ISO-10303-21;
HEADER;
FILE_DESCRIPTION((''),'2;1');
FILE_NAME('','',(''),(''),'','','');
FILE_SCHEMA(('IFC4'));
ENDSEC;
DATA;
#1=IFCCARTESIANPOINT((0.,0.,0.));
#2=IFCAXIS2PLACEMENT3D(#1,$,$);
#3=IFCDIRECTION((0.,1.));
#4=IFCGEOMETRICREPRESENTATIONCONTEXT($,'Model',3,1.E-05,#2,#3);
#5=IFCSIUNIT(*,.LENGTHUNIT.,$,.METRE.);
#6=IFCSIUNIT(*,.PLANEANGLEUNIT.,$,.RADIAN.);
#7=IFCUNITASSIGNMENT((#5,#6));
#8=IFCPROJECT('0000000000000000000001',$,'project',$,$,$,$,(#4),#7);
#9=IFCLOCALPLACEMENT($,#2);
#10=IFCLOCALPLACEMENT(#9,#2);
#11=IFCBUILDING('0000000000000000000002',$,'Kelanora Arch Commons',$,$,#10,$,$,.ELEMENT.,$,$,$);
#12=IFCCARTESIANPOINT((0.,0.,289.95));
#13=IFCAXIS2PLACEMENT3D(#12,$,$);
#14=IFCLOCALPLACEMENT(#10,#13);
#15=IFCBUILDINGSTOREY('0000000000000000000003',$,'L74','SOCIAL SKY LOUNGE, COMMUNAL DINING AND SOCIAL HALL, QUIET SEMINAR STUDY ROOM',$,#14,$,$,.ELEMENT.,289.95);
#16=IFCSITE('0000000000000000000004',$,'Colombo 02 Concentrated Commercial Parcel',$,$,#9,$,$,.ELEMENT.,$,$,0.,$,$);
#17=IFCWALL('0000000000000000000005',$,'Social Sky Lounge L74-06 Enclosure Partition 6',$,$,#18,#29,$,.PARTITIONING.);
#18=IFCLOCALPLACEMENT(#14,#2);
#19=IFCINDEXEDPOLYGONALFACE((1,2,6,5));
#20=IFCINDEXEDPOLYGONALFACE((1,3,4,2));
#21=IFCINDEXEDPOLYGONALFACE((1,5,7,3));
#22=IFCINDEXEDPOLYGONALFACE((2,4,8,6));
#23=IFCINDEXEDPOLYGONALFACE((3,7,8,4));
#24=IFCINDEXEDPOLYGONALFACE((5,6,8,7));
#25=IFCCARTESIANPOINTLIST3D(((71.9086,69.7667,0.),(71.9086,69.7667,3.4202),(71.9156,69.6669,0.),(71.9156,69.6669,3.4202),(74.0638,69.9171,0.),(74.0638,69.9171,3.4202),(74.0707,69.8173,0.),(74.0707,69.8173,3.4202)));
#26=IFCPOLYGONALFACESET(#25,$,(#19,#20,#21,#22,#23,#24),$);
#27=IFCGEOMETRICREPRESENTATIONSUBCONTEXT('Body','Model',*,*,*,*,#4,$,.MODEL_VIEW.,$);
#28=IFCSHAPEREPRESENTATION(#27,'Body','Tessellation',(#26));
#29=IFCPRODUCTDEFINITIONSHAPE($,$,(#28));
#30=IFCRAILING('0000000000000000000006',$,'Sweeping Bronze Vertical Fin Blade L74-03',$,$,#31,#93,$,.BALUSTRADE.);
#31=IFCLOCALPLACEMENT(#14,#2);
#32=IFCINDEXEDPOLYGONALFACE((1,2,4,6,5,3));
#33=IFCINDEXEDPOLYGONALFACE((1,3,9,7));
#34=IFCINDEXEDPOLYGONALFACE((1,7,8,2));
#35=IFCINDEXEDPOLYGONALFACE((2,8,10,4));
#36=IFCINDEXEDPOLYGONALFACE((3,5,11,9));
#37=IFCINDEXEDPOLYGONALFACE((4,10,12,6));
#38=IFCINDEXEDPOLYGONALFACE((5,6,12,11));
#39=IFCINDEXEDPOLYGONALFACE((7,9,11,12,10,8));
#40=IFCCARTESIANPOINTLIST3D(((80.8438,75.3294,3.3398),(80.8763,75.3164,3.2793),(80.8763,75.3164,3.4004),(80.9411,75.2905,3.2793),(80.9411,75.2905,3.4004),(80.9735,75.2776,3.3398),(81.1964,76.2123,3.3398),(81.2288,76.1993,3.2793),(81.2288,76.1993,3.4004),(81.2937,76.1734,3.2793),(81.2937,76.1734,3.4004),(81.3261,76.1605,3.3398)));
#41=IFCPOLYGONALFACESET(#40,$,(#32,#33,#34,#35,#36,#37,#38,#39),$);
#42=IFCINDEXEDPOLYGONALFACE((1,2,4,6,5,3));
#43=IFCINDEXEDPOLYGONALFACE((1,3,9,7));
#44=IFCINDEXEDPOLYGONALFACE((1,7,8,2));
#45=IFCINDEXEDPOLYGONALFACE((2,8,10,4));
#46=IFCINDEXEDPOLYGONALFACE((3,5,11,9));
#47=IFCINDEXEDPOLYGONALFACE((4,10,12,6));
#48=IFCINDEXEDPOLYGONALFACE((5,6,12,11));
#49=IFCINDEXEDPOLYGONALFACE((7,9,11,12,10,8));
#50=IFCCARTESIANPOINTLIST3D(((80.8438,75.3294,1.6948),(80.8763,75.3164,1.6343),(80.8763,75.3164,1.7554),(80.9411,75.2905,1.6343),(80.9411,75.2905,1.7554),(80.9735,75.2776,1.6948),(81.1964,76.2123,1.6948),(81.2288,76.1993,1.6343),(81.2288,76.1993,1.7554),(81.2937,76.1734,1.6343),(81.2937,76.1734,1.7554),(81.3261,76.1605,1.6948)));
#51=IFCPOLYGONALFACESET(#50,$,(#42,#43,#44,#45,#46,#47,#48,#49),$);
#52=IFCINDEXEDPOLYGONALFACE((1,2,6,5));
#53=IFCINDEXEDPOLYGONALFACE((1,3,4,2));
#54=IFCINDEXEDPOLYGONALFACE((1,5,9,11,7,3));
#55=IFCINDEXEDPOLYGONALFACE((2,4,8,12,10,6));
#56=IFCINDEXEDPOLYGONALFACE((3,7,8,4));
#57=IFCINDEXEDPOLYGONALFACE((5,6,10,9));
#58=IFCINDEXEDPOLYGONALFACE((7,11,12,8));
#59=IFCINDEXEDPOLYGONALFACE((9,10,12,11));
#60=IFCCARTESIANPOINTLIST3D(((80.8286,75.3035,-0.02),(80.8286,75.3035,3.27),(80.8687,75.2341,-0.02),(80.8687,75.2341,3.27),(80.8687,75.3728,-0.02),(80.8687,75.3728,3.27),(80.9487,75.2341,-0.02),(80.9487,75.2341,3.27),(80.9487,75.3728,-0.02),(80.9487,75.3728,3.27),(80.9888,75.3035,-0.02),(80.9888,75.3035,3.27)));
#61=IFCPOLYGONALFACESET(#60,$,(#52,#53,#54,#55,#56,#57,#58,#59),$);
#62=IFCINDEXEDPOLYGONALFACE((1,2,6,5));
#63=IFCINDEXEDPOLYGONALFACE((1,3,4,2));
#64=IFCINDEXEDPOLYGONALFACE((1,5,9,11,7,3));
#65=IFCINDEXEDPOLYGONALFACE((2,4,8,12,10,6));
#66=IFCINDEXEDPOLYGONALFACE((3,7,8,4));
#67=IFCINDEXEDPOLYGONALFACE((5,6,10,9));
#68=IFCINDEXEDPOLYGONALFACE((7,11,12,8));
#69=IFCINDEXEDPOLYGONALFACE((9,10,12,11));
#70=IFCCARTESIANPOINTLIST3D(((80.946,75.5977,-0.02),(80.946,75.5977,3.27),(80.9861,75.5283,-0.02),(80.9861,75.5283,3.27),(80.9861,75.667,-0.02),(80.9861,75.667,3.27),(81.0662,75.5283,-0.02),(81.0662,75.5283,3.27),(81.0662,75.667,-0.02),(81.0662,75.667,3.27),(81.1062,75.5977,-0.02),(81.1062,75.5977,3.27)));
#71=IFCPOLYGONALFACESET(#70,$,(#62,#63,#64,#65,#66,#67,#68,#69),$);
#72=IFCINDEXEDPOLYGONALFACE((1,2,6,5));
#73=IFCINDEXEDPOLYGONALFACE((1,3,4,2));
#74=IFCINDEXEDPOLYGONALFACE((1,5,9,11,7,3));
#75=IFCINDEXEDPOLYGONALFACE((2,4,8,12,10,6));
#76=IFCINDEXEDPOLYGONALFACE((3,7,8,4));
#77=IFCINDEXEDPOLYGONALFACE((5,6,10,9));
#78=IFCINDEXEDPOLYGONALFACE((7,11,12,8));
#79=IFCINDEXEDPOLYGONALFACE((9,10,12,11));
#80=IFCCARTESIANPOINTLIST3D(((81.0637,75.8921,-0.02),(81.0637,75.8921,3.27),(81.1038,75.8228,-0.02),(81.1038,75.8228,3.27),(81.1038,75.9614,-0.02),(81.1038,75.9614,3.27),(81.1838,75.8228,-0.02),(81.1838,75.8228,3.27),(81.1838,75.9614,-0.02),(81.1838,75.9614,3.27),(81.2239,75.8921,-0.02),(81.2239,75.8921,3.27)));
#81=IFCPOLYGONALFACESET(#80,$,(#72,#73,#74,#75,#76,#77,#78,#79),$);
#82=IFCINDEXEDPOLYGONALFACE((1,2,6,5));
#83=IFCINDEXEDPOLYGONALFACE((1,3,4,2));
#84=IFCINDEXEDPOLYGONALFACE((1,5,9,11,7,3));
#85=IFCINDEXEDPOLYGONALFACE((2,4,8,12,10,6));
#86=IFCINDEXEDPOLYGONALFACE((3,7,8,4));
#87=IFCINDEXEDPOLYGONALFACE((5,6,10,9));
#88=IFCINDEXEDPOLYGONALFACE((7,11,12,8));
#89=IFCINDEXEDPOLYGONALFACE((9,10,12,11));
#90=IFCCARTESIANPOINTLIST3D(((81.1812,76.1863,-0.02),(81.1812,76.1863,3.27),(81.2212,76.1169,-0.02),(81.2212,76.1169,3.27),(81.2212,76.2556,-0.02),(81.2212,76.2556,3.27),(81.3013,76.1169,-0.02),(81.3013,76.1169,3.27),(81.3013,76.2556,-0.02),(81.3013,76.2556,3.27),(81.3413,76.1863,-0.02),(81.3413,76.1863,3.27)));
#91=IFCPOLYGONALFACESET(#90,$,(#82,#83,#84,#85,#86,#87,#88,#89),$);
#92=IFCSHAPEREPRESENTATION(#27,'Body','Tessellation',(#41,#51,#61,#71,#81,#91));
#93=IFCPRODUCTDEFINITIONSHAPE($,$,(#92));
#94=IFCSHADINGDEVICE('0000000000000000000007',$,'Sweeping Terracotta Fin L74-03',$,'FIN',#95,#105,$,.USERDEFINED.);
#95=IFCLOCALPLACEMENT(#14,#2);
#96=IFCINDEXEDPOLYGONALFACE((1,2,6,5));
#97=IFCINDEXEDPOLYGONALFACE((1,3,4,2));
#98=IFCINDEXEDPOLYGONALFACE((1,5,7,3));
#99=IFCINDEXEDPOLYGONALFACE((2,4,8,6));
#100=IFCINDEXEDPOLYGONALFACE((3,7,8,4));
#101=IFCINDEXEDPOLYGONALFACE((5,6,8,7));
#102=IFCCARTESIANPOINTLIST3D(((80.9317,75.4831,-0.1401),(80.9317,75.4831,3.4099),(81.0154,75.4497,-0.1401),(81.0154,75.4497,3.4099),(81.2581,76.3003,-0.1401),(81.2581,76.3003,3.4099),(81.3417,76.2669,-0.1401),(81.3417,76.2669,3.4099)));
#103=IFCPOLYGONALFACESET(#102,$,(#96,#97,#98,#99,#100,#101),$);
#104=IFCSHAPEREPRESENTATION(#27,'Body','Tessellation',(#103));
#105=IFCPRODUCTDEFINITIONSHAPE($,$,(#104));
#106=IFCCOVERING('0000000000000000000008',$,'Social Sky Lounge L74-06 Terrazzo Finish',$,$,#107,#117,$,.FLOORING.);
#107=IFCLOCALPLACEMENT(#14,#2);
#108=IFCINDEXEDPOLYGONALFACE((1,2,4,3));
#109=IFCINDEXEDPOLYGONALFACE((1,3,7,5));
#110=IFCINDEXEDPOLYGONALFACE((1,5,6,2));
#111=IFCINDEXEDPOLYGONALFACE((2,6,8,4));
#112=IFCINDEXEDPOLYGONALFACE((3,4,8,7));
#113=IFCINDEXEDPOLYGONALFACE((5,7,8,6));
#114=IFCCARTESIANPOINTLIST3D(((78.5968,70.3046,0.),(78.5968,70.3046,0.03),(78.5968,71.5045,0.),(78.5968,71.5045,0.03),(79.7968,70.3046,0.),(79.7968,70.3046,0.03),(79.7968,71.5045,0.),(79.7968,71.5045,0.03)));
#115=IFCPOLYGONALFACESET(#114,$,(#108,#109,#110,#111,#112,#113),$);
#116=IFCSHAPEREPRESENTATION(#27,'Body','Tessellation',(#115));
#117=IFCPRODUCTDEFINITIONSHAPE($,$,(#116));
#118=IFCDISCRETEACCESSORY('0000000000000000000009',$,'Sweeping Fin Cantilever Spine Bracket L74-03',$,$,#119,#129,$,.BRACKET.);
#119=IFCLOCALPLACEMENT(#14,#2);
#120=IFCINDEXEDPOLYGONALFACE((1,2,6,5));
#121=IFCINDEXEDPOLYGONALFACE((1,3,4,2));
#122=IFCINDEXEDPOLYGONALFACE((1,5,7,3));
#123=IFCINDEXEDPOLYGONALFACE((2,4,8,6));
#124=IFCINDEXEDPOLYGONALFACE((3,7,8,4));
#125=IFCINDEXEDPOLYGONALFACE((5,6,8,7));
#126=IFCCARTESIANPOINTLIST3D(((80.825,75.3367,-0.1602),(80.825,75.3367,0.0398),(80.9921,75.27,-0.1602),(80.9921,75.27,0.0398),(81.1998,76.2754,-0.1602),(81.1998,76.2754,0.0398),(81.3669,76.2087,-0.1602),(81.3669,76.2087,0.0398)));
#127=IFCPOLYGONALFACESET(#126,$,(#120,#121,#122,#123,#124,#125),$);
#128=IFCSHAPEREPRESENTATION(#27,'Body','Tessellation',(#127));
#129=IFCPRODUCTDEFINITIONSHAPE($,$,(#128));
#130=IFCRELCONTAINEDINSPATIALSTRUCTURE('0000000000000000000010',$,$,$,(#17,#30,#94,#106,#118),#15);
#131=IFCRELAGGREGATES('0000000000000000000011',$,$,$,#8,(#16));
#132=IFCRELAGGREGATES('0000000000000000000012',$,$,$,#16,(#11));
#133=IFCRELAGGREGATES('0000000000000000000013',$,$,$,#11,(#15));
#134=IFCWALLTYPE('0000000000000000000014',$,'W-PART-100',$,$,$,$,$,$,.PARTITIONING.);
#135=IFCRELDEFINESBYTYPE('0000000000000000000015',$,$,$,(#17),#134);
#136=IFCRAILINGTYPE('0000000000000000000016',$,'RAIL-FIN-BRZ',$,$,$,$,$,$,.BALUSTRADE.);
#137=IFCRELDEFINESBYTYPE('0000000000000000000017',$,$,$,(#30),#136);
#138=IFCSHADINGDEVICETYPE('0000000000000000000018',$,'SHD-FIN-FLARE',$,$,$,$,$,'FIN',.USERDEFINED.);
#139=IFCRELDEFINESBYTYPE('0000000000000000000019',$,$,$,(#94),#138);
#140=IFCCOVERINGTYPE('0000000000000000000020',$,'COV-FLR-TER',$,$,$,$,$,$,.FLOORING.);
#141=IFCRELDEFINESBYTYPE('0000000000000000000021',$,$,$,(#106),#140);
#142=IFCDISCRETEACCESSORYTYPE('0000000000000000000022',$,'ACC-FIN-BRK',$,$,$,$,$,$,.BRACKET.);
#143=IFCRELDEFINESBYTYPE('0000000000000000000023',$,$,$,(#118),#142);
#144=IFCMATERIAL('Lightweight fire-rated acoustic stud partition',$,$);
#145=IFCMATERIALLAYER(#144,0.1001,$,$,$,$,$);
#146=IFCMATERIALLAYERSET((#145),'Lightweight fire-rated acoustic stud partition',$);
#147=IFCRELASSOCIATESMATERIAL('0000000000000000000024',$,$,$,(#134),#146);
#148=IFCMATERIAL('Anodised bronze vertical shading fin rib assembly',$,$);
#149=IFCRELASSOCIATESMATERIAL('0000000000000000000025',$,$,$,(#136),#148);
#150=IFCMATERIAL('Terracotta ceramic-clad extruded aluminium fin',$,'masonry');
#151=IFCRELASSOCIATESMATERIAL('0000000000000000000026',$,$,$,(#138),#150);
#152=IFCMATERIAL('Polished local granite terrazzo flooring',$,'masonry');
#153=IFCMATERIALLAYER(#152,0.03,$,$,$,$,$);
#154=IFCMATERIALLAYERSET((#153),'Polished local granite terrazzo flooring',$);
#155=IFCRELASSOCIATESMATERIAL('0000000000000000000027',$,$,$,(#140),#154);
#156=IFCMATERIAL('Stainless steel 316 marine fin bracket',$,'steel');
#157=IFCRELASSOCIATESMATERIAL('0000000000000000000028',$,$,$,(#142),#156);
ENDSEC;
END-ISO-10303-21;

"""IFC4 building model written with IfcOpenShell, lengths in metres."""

from ifc_helpers import new_model, si_unit, direction, frame, frame_2d, origin, origin_2d, place, context, subcontext, project, spatial, polyline, rectangle, outline, extrude, source, transform, mapped, material, layer, layer_set, type_object, element, save


model = new_model("IFC4")

# Units and contexts
model_context = context("Model", 3, precision=1e-05, world=origin(), true_north=direction((0.0, 1.0)))
body_context = subcontext(model_context, "Body", "Model", "MODEL_VIEW")
ifc_project = project(units=[si_unit("LENGTHUNIT", "METRE"), si_unit("PLANEANGLEUNIT", "RADIAN")], contexts=[model_context])

# Site, building, storey
site_placement = place(None, origin())
site = spatial("IfcSite", under=ifc_project, at=site_placement, Name="Colombo 02 Concentrated Commercial Parcel", CompositionType="ELEMENT", RefElevation=0.0)
building_placement = place(site_placement, origin())
building = spatial("IfcBuilding", under=site, at=building_placement, Name="Kelanora Arch Commons", CompositionType="ELEMENT")
storey_placement = place(building_placement, frame((0.0, 0.0, 289.95)))
storey = spatial("IfcBuildingStorey", under=building, at=storey_placement, Name="L74", Description="SOCIAL SKY LOUNGE, COMMUNAL DINING AND SOCIAL HALL, QUIET SEMINAR STUDY ROOM", CompositionType="ELEMENT", Elevation=289.95)

# Wall
ifc_material_1 = material(Name="Lightweight fire-rated acoustic stud partition")
ifc_layer_1 = layer(ifc_material_1, 0.1001)
ifc_layer_set_1 = layer_set([ifc_layer_1], Name="Lightweight fire-rated acoustic stud partition")
wall_type_1 = type_object("IfcWallType", Name="W-PART-100", PredefinedType="PARTITIONING", material=ifc_layer_set_1)
wall_1_placement = place(storey_placement, frame((74.0671, 69.8672, 0.0), z_axis=(0.0, 0.0, 1.0), x_axis=(-0.997574, -0.069609, 0.0)))
element("IfcWall", 1, at=wall_1_placement, inside=storey, type_object=wall_type_1, Name="Social Sky Lounge L74-06 Enclosure Partition 6", PredefinedType="PARTITIONING", context=body_context, shape_type="SweptSolid", body=[
    extrude(rectangle(XDim=2.1604, YDim=0.1001, at=frame_2d((1.0801, 0.0))), origin(), (0.0, 0.0, 1.0), 3.4202),
])

# Railing
ifc_material_2 = material(Name="Anodised bronze vertical shading fin rib assembly")
railing_type = type_object("IfcRailingType", Name="RAIL-FIN-BRZ", PredefinedType="BALUSTRADE", material=ifc_material_2)
railing_placement = place(storey_placement, frame((80.9087, 75.3035, -0.02)))
element("IfcRailing", 2, at=railing_placement, inside=storey, type_object=railing_type, Name="Sweeping Bronze Vertical Fin Blade L74-03", PredefinedType="BALUSTRADE", context=body_context, shape_type="SweptSolid", body=[
    extrude(outline(polyline([(0.0698, 0.0), (0.0349, 0.0605), (-0.0349, 0.0605), (-0.0698, 0.0), (-0.0349, -0.0605), (0.0349, -0.0605), (0.0698, 0.0)])), frame((0.0, 0.0, 3.3599), z_axis=(0.370859, 0.928689, 0.0), x_axis=(-0.928689, 0.370859, 0.0)), (0.0, 0.0, 1.0), 0.9507),
    extrude(outline(polyline([(0.0698, 0.0), (0.0349, 0.0605), (-0.0349, 0.0605), (-0.0698, 0.0), (-0.0349, -0.0605), (0.0349, -0.0605), (0.0698, 0.0)])), frame((0.0, 0.0, 1.7148), z_axis=(0.370859, 0.928689, 0.0), x_axis=(-0.928689, 0.370859, 0.0)), (0.0, 0.0, 1.0), 0.9507),
    extrude(outline(polyline([(0.0801, 0.0), (0.04, 0.0693), (-0.04, 0.0693), (-0.0801, 0.0), (-0.04, -0.0693), (0.04, -0.0693), (0.0801, 0.0)])), origin(), (0.0, 0.0, 1.0), 3.29),
    extrude(outline(polyline([(0.0801, 0.0), (0.04, 0.0693), (-0.04, 0.0693), (-0.0801, 0.0), (-0.04, -0.0693), (0.04, -0.0693), (0.0801, 0.0)])), frame((0.1174, 0.2942, 0.0)), (0.0, 0.0, 1.0), 3.29),
    extrude(outline(polyline([(0.0801, 0.0), (0.04, 0.0693), (-0.04, 0.0693), (-0.0801, 0.0), (-0.04, -0.0693), (0.04, -0.0693), (0.0801, 0.0)])), frame((0.2351, 0.5886, 0.0)), (0.0, 0.0, 1.0), 3.29),
    extrude(outline(polyline([(0.0801, 0.0), (0.04, 0.0693), (-0.04, 0.0693), (-0.0801, 0.0), (-0.04, -0.0693), (0.04, -0.0693), (0.0801, 0.0)])), frame((0.3525, 0.8828, 0.0)), (0.0, 0.0, 1.0), 3.29),
])

# Shading device
ifc_material_3 = material(Name="Terracotta ceramic-clad extruded aluminium fin", Category="masonry")
shading_device_type = type_object("IfcShadingDeviceType", Name="SHD-FIN-FLARE", ElementType="FIN", PredefinedType="USERDEFINED", material=ifc_material_3)
shared_shape_1 = source(origin(), body_context, "Body", "SweptSolid", [
    extrude(rectangle(XDim=0.8799, YDim=0.0901, at=origin_2d()), origin(), (0.0, 0.0, 1.0), 3.55),
])
shading_device_placement = place(storey_placement, frame((81.1367, 75.875, -0.1401), z_axis=(0.0, 0.0, 1.0), x_axis=(0.370882, 0.92868, 0.0)))
element("IfcShadingDevice", 3, at=shading_device_placement, inside=storey, type_object=shading_device_type, Name="Sweeping Terracotta Fin L74-03", ObjectType="FIN", PredefinedType="USERDEFINED", context=body_context, shape_type="MappedRepresentation", body=[
    mapped(shared_shape_1, transform((0.0, 0.0, 0.0), scale=1.0)),
])

# Covering
ifc_material_4 = material(Name="Polished local granite terrazzo flooring", Category="masonry")
ifc_layer_2 = layer(ifc_material_4, 0.03)
ifc_layer_set_2 = layer_set([ifc_layer_2], Name="Polished local granite terrazzo flooring")
covering_type = type_object("IfcCoveringType", Name="COV-FLR-TER", PredefinedType="FLOORING", material=ifc_layer_set_2)
shared_shape_2 = source(origin(), body_context, "Body", "SweptSolid", [
    extrude(rectangle(XDim=1.2, YDim=1.2, at=origin_2d()), origin(), (0.0, 0.0, 1.0), 0.03),
])
covering_placement = place(storey_placement, frame((79.1968, 70.9045, 0.0), z_axis=(0.0, 0.0, 1.0), x_axis=(1.0, 0.0, 0.0)))
element("IfcCovering", 4, at=covering_placement, inside=storey, type_object=covering_type, Name="Social Sky Lounge L74-06 Terrazzo Finish", PredefinedType="FLOORING", context=body_context, shape_type="MappedRepresentation", body=[
    mapped(shared_shape_2, transform((0.0, 0.0, 0.0), scale=1.0)),
])

# Discrete accessory
ifc_material_5 = material(Name="Stainless steel 316 marine fin bracket", Category="steel")
discrete_accessory_type = type_object("IfcDiscreteAccessoryType", Name="ACC-FIN-BRK", PredefinedType="BRACKET", material=ifc_material_5)
shared_shape_3 = source(origin(), body_context, "Body", "SweptSolid", [
    extrude(rectangle(XDim=1.0107, YDim=0.1799, at=origin_2d()), origin(), (0.0, 0.0, 1.0), 0.2),
])
discrete_accessory_placement = place(storey_placement, frame((81.0959, 75.7727, -0.1602), z_axis=(0.0, 0.0, 1.0), x_axis=(0.370882, 0.92868, 0.0)))
element("IfcDiscreteAccessory", 5, at=discrete_accessory_placement, inside=storey, type_object=discrete_accessory_type, Name="Sweeping Fin Cantilever Spine Bracket L74-03", PredefinedType="BRACKET", context=body_context, shape_type="MappedRepresentation", body=[
    mapped(shared_shape_3, transform((0.0, 0.0, 0.0), scale=1.0)),
])

save(model, "model.ifc")
